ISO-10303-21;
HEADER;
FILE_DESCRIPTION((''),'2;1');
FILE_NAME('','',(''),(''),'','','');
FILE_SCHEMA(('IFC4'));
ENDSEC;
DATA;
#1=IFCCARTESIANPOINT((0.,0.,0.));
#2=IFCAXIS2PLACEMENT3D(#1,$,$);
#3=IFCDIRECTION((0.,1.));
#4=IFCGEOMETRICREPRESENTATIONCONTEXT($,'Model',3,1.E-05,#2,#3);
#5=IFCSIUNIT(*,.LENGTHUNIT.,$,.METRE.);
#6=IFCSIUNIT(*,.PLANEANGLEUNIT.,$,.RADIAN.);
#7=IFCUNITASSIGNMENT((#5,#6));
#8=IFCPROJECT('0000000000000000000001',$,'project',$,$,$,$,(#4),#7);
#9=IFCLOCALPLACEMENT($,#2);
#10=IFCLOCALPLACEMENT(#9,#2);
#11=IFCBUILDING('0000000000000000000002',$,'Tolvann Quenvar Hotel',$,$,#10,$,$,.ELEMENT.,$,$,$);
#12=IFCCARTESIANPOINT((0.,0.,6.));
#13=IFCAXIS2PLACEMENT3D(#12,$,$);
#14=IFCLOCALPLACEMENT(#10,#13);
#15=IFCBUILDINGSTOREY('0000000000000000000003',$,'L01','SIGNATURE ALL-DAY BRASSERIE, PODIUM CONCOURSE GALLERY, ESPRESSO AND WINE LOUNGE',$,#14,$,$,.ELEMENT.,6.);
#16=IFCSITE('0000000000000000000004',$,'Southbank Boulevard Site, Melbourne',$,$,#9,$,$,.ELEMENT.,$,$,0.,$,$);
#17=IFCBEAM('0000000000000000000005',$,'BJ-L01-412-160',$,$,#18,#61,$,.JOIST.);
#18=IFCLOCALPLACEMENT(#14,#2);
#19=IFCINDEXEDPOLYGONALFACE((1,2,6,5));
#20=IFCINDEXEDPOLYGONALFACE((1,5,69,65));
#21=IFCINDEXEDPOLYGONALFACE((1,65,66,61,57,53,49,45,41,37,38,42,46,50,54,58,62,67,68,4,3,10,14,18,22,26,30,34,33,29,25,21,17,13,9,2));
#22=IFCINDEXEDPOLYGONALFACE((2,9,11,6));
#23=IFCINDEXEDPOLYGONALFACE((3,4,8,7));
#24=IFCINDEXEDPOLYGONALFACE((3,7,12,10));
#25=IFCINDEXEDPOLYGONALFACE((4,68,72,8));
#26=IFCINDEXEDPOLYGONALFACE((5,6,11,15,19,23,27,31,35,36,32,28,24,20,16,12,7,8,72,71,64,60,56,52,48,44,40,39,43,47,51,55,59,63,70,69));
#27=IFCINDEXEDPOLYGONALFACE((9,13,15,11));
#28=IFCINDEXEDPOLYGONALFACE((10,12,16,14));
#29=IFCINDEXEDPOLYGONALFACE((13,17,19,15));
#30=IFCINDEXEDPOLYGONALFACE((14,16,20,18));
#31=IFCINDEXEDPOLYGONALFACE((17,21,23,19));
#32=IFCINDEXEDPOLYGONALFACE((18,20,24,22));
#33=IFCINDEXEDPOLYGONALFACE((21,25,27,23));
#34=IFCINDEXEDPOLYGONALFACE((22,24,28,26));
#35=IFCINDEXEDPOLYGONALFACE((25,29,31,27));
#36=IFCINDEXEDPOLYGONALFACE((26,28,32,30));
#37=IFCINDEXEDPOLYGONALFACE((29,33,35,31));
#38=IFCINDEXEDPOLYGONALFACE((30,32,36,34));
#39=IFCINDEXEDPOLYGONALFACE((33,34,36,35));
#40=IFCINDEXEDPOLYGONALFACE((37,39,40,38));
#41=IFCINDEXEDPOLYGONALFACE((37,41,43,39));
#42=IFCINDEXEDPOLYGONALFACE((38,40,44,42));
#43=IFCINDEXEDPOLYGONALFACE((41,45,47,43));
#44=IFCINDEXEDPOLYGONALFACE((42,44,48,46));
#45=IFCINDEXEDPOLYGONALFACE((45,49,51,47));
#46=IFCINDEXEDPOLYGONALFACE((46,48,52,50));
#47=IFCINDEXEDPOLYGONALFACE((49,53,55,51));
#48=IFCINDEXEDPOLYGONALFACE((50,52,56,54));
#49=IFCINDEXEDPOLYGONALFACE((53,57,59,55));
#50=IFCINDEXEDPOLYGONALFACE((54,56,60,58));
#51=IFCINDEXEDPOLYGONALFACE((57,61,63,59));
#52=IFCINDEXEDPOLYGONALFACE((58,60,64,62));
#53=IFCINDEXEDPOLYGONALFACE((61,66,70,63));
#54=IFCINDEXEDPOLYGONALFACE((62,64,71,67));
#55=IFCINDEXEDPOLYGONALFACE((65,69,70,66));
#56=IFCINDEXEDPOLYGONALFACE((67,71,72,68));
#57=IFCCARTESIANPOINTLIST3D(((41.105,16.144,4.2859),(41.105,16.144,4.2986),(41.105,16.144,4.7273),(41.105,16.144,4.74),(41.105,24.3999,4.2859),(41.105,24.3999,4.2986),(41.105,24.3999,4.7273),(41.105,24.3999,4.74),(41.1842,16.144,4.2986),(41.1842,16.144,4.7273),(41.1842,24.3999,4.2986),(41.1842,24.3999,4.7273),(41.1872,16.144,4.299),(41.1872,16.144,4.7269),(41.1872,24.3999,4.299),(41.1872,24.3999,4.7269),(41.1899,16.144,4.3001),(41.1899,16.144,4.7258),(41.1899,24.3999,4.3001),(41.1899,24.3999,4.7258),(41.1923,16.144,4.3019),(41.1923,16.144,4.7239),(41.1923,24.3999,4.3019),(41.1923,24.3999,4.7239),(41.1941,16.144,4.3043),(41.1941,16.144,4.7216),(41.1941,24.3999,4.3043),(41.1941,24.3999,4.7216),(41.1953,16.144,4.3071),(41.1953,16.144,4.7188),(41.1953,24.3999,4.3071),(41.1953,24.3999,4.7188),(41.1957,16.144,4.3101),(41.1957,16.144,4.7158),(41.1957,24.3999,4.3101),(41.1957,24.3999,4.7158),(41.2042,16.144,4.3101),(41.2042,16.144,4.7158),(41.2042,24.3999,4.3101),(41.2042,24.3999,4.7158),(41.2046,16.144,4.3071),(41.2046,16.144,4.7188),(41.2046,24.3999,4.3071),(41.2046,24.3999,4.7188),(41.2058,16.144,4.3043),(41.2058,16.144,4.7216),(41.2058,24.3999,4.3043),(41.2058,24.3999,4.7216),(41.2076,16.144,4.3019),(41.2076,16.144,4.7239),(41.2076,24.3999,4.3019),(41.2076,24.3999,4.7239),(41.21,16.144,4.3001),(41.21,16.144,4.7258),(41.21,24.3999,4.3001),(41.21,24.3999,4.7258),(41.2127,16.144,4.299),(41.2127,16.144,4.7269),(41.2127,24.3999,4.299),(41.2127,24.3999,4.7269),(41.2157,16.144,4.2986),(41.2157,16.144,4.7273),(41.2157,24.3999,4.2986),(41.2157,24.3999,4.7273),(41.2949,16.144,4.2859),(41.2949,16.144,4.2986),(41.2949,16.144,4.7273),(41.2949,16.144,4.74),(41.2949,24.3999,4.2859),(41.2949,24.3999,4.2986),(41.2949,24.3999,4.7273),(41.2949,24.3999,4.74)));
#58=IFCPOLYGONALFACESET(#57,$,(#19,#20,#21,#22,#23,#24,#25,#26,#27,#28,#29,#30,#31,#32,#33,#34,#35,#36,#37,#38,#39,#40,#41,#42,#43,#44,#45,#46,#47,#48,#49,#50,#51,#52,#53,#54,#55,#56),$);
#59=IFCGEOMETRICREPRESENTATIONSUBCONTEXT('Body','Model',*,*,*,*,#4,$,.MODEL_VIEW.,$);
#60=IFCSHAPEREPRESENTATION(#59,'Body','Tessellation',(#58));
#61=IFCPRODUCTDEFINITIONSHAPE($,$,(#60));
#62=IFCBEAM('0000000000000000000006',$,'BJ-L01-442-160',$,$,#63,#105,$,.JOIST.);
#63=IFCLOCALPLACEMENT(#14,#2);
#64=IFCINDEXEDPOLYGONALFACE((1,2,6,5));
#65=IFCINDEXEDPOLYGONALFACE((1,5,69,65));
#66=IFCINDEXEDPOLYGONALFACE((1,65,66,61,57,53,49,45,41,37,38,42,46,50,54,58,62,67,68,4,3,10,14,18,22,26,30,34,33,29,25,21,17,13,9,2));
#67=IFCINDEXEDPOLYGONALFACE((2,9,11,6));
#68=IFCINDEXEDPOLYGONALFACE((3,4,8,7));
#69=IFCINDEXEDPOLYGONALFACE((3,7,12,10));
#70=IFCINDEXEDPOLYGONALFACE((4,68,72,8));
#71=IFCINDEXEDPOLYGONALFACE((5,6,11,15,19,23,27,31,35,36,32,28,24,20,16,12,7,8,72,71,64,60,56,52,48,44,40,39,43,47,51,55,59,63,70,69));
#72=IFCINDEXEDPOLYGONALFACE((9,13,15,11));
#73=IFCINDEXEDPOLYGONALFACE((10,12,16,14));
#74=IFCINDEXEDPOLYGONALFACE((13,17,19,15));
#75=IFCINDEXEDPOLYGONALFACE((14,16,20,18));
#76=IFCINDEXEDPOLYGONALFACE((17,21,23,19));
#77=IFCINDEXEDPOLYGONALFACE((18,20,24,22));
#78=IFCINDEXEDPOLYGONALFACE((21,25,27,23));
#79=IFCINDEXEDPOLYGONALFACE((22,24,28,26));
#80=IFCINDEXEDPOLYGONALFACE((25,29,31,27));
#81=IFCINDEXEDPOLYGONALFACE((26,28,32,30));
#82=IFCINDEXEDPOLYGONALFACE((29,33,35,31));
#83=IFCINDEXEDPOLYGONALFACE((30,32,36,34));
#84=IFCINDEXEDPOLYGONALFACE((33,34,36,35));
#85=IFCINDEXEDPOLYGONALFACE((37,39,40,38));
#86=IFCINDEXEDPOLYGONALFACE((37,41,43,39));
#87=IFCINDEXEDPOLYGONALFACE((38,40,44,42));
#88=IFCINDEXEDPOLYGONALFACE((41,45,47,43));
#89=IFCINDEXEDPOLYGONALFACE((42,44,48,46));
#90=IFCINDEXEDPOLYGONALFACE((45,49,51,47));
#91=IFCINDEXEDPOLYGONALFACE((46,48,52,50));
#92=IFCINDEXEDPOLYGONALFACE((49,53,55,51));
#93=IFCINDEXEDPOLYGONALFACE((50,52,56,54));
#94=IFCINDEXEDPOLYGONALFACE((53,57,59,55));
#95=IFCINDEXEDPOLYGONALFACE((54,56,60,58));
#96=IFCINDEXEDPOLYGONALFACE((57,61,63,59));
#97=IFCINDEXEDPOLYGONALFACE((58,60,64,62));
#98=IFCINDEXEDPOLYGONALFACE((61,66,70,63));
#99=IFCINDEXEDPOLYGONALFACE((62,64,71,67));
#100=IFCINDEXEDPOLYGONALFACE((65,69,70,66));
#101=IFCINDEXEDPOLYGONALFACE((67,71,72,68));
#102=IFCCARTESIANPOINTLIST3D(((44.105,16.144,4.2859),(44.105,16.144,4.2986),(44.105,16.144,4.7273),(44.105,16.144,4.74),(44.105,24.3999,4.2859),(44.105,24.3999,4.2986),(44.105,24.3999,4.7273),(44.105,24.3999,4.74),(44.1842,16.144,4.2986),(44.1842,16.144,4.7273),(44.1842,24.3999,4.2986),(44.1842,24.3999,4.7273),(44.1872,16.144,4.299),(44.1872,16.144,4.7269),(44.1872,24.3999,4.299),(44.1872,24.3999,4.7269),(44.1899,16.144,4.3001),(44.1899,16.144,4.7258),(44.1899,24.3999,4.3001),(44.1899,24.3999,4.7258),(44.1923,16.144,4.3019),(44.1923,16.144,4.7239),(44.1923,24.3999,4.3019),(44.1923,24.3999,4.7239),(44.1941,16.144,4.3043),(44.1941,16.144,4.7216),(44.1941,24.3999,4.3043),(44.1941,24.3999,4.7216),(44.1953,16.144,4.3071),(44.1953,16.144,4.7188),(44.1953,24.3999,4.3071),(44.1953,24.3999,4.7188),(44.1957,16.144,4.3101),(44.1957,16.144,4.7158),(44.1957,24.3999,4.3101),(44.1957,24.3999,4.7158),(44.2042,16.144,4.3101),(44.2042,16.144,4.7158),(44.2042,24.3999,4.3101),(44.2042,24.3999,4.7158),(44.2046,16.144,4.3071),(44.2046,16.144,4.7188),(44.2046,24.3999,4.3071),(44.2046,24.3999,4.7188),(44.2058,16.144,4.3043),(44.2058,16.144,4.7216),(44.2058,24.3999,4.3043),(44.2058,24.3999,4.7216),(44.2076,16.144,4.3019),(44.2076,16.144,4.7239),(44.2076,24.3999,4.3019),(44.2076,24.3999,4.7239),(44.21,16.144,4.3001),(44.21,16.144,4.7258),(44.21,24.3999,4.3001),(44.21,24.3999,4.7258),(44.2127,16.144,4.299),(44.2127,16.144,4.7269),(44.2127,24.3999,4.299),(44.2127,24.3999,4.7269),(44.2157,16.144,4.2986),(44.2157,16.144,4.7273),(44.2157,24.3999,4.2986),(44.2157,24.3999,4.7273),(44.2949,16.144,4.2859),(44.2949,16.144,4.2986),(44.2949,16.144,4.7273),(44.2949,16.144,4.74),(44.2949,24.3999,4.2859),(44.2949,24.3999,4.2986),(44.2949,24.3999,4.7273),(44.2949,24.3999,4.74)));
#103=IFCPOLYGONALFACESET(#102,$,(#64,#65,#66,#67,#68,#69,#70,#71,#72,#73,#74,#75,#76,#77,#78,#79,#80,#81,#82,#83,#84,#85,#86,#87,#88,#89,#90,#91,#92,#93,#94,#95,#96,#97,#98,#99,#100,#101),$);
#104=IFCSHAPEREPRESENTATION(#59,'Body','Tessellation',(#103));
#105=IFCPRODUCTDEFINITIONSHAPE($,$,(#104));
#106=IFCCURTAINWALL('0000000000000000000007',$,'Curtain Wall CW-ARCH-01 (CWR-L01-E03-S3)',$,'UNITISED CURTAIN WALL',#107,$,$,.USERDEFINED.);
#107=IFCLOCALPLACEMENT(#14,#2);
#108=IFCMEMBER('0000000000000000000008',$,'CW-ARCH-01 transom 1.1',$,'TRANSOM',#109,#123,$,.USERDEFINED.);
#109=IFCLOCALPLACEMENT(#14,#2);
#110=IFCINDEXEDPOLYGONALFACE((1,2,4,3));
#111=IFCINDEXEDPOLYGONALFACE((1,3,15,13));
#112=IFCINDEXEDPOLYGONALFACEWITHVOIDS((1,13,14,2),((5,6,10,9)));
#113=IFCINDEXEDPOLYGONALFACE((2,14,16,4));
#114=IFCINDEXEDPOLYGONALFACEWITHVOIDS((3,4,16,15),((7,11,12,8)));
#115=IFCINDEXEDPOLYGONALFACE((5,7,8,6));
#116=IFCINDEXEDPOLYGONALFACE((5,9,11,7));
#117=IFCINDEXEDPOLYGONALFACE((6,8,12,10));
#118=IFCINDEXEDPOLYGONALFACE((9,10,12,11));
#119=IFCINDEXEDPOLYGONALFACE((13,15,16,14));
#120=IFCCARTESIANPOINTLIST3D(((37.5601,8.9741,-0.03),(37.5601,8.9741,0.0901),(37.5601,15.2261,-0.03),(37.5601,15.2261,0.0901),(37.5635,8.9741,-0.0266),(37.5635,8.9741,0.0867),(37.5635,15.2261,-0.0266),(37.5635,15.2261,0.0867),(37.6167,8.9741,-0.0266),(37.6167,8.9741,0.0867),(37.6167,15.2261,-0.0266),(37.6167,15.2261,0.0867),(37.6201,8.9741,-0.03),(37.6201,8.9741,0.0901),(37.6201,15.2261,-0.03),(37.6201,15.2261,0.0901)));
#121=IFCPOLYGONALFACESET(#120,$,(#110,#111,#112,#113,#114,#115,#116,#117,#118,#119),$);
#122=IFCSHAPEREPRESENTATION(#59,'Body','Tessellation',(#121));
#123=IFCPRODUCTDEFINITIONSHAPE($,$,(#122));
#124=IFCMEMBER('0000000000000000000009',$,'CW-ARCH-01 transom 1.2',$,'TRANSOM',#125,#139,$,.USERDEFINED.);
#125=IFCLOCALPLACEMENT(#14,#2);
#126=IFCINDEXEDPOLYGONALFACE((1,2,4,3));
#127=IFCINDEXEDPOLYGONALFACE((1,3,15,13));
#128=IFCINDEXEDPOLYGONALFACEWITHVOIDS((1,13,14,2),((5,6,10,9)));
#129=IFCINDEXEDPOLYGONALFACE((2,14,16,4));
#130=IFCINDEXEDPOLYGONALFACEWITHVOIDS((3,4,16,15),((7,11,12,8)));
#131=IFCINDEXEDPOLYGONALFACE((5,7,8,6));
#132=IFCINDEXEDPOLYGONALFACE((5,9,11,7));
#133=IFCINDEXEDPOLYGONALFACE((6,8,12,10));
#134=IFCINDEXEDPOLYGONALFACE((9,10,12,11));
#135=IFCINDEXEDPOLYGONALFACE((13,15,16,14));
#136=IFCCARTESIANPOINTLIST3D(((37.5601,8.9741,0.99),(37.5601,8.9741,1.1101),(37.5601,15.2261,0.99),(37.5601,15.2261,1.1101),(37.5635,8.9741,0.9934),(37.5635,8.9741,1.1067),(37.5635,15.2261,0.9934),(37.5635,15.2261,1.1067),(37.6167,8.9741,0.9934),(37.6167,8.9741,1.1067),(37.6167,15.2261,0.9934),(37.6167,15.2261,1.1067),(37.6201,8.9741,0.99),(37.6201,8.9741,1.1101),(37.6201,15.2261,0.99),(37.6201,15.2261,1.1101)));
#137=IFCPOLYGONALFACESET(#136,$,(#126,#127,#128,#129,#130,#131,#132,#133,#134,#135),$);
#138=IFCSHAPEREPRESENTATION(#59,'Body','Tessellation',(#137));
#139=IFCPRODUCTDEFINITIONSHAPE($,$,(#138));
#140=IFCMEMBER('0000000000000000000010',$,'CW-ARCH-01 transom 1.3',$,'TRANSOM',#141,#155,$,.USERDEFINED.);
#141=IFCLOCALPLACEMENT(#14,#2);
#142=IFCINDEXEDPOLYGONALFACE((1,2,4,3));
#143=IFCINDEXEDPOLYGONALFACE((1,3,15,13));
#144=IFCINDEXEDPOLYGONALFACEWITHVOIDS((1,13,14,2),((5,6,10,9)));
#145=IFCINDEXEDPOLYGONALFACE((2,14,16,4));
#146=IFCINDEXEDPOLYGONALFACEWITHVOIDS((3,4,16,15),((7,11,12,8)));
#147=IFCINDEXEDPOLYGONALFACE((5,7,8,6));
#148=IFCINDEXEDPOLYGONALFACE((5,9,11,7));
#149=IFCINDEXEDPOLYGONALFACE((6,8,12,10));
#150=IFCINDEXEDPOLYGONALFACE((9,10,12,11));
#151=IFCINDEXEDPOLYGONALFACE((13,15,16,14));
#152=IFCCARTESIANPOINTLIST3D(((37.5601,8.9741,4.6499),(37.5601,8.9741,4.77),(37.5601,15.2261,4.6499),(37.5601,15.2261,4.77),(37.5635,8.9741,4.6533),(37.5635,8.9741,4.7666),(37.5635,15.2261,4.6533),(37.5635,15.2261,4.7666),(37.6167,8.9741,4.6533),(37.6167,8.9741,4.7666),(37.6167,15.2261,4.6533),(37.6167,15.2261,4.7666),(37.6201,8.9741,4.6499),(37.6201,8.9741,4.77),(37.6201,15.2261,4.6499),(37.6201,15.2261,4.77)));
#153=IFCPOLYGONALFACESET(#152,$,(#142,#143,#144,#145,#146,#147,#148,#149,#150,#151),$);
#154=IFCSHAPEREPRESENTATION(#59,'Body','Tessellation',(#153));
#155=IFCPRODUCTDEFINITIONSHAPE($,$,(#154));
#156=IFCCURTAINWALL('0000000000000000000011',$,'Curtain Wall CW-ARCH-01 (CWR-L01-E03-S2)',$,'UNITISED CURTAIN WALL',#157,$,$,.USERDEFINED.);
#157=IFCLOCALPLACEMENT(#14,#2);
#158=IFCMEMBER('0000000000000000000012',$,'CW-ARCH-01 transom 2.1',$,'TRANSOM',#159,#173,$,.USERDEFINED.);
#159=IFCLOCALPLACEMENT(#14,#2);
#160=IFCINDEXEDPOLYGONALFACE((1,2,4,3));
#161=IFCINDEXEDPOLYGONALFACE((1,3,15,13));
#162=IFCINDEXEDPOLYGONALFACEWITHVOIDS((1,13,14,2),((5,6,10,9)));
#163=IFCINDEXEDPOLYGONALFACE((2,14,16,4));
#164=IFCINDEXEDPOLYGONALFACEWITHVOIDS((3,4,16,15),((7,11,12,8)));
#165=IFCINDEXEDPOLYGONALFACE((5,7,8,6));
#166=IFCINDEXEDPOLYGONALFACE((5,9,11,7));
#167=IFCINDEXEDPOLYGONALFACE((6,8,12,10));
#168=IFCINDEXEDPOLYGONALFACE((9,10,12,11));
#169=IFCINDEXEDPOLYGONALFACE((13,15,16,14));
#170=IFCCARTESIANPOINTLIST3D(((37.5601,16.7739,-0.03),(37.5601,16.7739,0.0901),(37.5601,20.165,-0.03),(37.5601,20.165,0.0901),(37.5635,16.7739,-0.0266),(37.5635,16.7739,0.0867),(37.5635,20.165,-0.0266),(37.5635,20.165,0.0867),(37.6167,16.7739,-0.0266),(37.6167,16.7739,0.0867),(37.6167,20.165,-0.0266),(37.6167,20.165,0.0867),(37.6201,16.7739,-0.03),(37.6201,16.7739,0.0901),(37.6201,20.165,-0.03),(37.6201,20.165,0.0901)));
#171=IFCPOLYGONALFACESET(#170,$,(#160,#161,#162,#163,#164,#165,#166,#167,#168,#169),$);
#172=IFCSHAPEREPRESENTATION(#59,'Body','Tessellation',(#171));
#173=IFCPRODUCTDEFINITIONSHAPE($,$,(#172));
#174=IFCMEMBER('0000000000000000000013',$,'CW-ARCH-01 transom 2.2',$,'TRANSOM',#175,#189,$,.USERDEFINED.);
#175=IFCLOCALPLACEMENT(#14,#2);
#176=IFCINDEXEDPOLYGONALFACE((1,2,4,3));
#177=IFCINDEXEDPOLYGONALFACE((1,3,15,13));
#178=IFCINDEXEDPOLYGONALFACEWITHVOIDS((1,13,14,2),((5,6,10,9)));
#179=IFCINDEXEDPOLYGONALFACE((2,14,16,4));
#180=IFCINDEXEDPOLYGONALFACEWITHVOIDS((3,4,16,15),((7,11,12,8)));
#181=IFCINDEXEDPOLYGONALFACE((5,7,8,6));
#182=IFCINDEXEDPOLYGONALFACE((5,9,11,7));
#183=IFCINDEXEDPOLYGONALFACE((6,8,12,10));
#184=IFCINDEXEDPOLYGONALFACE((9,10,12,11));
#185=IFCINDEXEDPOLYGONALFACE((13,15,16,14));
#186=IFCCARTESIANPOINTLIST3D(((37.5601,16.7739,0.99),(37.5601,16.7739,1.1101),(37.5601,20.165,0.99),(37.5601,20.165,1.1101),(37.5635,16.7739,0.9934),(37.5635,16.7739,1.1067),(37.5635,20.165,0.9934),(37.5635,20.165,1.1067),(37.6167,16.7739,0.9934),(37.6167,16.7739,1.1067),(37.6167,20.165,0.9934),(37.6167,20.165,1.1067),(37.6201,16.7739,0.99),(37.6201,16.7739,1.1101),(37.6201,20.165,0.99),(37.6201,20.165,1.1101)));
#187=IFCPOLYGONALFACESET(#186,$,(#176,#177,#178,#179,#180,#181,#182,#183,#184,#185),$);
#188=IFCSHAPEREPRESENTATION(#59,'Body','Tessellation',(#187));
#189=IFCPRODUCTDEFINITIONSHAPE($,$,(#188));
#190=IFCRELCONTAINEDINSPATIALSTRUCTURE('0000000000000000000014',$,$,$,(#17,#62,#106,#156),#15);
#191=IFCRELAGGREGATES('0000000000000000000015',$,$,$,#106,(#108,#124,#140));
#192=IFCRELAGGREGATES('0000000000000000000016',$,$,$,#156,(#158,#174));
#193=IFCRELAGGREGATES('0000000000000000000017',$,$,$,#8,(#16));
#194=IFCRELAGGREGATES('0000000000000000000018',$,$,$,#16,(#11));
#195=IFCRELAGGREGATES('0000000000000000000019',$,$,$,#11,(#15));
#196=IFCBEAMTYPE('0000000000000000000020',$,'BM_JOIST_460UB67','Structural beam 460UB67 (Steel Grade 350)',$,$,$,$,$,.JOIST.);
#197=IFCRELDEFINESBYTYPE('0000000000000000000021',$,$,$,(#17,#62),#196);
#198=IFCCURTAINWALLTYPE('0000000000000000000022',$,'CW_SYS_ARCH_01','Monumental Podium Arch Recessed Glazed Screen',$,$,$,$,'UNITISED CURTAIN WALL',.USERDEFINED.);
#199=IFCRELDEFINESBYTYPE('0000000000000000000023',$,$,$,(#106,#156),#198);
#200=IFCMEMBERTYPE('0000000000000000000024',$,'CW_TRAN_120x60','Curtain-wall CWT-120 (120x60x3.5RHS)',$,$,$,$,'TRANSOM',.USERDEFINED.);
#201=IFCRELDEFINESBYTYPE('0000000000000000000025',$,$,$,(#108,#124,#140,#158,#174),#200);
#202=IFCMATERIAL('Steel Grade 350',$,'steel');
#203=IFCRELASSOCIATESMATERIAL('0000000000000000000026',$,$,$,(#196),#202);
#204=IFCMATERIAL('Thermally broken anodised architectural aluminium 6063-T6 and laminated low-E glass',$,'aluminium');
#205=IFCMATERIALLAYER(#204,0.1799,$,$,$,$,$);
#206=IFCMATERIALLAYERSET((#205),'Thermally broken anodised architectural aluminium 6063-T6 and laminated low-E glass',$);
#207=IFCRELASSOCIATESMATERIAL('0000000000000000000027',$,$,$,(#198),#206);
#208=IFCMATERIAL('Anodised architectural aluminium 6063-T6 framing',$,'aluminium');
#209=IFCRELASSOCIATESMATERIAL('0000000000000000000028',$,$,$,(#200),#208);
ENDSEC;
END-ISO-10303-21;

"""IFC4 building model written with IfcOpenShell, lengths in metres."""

from ifc_helpers import new_model, si_unit, direction, frame, origin, origin_2d, place, context, subcontext, project, spatial, hollow_rectangle, i_section, extrude, source, transform, mapped, material, layer, layer_set, material_profile, profile_set, type_object, type_shapes, element, aggregate, save


model = new_model("IFC4")

# Units and contexts
model_context = context("Model", 3, precision=1e-05, world=origin(), true_north=direction((0.0, 1.0)))
body_context = subcontext(model_context, "Body", "Model", "MODEL_VIEW")
ifc_project = project(units=[si_unit("LENGTHUNIT", "METRE"), si_unit("PLANEANGLEUNIT", "RADIAN")], contexts=[model_context])

# Site, building, storey
site_placement = place(None, origin())
site = spatial("IfcSite", under=ifc_project, at=site_placement, Name="Southbank Boulevard Site, Melbourne", CompositionType="ELEMENT", RefElevation=0.0)
building_placement = place(site_placement, origin())
building = spatial("IfcBuilding", under=site, at=building_placement, Name="Tolvann Quenvar Hotel", CompositionType="ELEMENT")
storey_placement = place(building_placement, frame((0.0, 0.0, 6.0)))
storey = spatial("IfcBuildingStorey", under=building, at=storey_placement, Name="L01", Description="SIGNATURE ALL-DAY BRASSERIE, PODIUM CONCOURSE GALLERY, ESPRESSO AND WINE LOUNGE", CompositionType="ELEMENT", Elevation=6.0)

# Beams
ifc_material_1 = material(Name="Steel Grade 350", Category="steel")
ifc_material_profile_1 = material_profile(ifc_material_1, i_section(OverallWidth=0.1899, OverallDepth=0.4541, WebThickness=0.0085, FlangeThickness=0.0127, FilletRadius=0.0115, at=origin_2d()), Name="460UB67")
ifc_profile_set_1 = profile_set([ifc_material_profile_1], Name="Steel Grade 350")
beam_type_1 = type_object("IfcBeamType", Name="BM_JOIST_460UB67", Description="Structural beam 460UB67 (Steel Grade 350)", PredefinedType="JOIST", material=ifc_profile_set_1)
shared_shape_1 = source(origin(), body_context, "Body", "SweptSolid", [
    extrude(i_section(OverallWidth=0.1899, OverallDepth=0.4541, WebThickness=0.0085, FlangeThickness=0.0127, FilletRadius=0.0115, at=origin_2d()), origin(), (0.0, 0.0, 1.0), 8.2559),
])
for number, where, z_axis, x_axis, name in (
    (1, (41.2, 16.144, 4.5129), (0.0, 1.0, 0.0), (-1.0, 0.0, 0.0), "BJ-L01-412-160"),
    (2, (44.2, 16.144, 4.5129), (0.0, 1.0, 0.0), (-1.0, 0.0, 0.0), "BJ-L01-442-160"),
):
    element("IfcBeam", number, at=place(storey_placement, frame(where, z_axis=z_axis, x_axis=x_axis)), inside=storey, type_object=beam_type_1, Name=name, PredefinedType="JOIST", context=body_context, shape_type="MappedRepresentation", body=[
        mapped(shared_shape_1, transform((0.0, 0.0, 0.0), x_axis=(1.0, 0.0, 0.0), y_axis=(0.0, 1.0, 0.0), z_axis=(0.0, 0.0, 1.0), scale=1.0)),
    ])

# Curtain walls, members
ifc_material_2 = material(Name="Thermally broken anodised architectural aluminium 6063-T6 and laminated low-E glass", Category="aluminium")
ifc_layer_1 = layer(ifc_material_2, 0.1799)
ifc_layer_set_1 = layer_set([ifc_layer_1], Name="Thermally broken anodised architectural aluminium 6063-T6 and laminated low-E glass")
curtain_wall_type = type_object("IfcCurtainWallType", Name="CW_SYS_ARCH_01", Description="Monumental Podium Arch Recessed Glazed Screen", ElementType="UNITISED CURTAIN WALL", PredefinedType="USERDEFINED", material=ifc_layer_set_1)
curtain_wall_1_placement = place(storey_placement, origin())
curtain_wall_1 = element("IfcCurtainWall", 3, at=curtain_wall_1_placement, inside=storey, type_object=curtain_wall_type, Name="Curtain Wall CW-ARCH-01 (CWR-L01-E03-S3)", ObjectType="UNITISED CURTAIN WALL", PredefinedType="USERDEFINED")
ifc_material_3 = material(Name="Anodised architectural aluminium 6063-T6 framing", Category="aluminium")
ifc_material_profile_2 = material_profile(ifc_material_3, hollow_rectangle(XDim=0.0601, YDim=0.1201, WallThickness=0.0034, at=origin_2d()), Name="120x60x3.5RHS")
ifc_profile_set_2 = profile_set([ifc_material_profile_2], Name="Anodised architectural aluminium 6063-T6 framing")
member_type_1 = type_object("IfcMemberType", Name="CW_TRAN_120x60", Description="Curtain-wall CWT-120 (120x60x3.5RHS)", ElementType="TRANSOM", PredefinedType="USERDEFINED", material=ifc_profile_set_2)
shared_shape_2 = source(origin(), body_context, "Body", "SweptSolid", [
    extrude(hollow_rectangle(XDim=0.0601, YDim=0.1201, WallThickness=0.0034, at=origin_2d()), origin(), (0.0, 0.0, 1.0), 6.252),
])
member_1_placement = place(storey_placement, frame((37.5901, 15.2261, 0.03), z_axis=(0.0, -1.0, 0.0), x_axis=(1.0, 0.0, 0.0)))
member_1 = element("IfcMember", 4, at=member_1_placement, type_object=member_type_1, Name="CW-ARCH-01 transom 1.1", ObjectType="TRANSOM", PredefinedType="USERDEFINED", context=body_context, shape_type="MappedRepresentation", body=[
    mapped(shared_shape_2, transform((0.0, 0.0, 0.0), x_axis=(1.0, 0.0, 0.0), y_axis=(0.0, 1.0, 0.0), z_axis=(0.0, 0.0, 1.0), scale=1.0)),
])
member_2_placement = place(storey_placement, frame((37.5901, 15.2261, 1.05), z_axis=(0.0, -1.0, 0.0), x_axis=(1.0, 0.0, 0.0)))
member_2 = element("IfcMember", 5, at=member_2_placement, type_object=member_type_1, Name="CW-ARCH-01 transom 1.2", ObjectType="TRANSOM", PredefinedType="USERDEFINED", context=body_context, shape_type="MappedRepresentation", body=[
    mapped(shared_shape_2, transform((0.0, 0.0, 0.0), x_axis=(1.0, 0.0, 0.0), y_axis=(0.0, 1.0, 0.0), z_axis=(0.0, 0.0, 1.0), scale=1.0)),
])
member_3_placement = place(storey_placement, frame((37.5901, 15.2261, 4.71), z_axis=(0.0, -1.0, 0.0), x_axis=(1.0, 0.0, 0.0)))
member_3 = element("IfcMember", 6, at=member_3_placement, type_object=member_type_1, Name="CW-ARCH-01 transom 1.3", ObjectType="TRANSOM", PredefinedType="USERDEFINED", context=body_context, shape_type="MappedRepresentation", body=[
    mapped(shared_shape_2, transform((0.0, 0.0, 0.0), x_axis=(1.0, 0.0, 0.0), y_axis=(0.0, 1.0, 0.0), z_axis=(0.0, 0.0, 1.0), scale=1.0)),
])
curtain_wall_2_placement = place(storey_placement, origin())
curtain_wall_2 = element("IfcCurtainWall", 7, at=curtain_wall_2_placement, inside=storey, type_object=curtain_wall_type, Name="Curtain Wall CW-ARCH-01 (CWR-L01-E03-S2)", ObjectType="UNITISED CURTAIN WALL", PredefinedType="USERDEFINED")
shared_shape_3 = source(origin(), body_context, "Body", "SweptSolid", [
    extrude(hollow_rectangle(XDim=0.0601, YDim=0.1201, WallThickness=0.0034, at=origin_2d()), origin(), (0.0, 0.0, 1.0), 3.3911),
])
type_shapes(member_type_1, [shared_shape_2, shared_shape_3])
member_4_placement = place(storey_placement, frame((37.5901, 20.165, 0.03), z_axis=(0.0, -1.0, 0.0), x_axis=(1.0, 0.0, 0.0)))
member_4 = element("IfcMember", 8, at=member_4_placement, type_object=member_type_1, Name="CW-ARCH-01 transom 2.1", ObjectType="TRANSOM", PredefinedType="USERDEFINED", context=body_context, shape_type="MappedRepresentation", body=[
    mapped(shared_shape_3, transform((0.0, 0.0, 0.0), x_axis=(1.0, 0.0, 0.0), y_axis=(0.0, 1.0, 0.0), z_axis=(0.0, 0.0, 1.0), scale=1.0)),
])
member_5_placement = place(storey_placement, frame((37.5901, 20.165, 1.05), z_axis=(0.0, -1.0, 0.0), x_axis=(1.0, 0.0, 0.0)))
member_5 = element("IfcMember", 9, at=member_5_placement, type_object=member_type_1, Name="CW-ARCH-01 transom 2.2", ObjectType="TRANSOM", PredefinedType="USERDEFINED", context=body_context, shape_type="MappedRepresentation", body=[
    mapped(shared_shape_3, transform((0.0, 0.0, 0.0), x_axis=(1.0, 0.0, 0.0), y_axis=(0.0, 1.0, 0.0), z_axis=(0.0, 0.0, 1.0), scale=1.0)),
])

aggregate(curtain_wall_1, [member_1, member_2, member_3])
aggregate(curtain_wall_2, [member_4, member_5])

save(model, "model.ifc")
